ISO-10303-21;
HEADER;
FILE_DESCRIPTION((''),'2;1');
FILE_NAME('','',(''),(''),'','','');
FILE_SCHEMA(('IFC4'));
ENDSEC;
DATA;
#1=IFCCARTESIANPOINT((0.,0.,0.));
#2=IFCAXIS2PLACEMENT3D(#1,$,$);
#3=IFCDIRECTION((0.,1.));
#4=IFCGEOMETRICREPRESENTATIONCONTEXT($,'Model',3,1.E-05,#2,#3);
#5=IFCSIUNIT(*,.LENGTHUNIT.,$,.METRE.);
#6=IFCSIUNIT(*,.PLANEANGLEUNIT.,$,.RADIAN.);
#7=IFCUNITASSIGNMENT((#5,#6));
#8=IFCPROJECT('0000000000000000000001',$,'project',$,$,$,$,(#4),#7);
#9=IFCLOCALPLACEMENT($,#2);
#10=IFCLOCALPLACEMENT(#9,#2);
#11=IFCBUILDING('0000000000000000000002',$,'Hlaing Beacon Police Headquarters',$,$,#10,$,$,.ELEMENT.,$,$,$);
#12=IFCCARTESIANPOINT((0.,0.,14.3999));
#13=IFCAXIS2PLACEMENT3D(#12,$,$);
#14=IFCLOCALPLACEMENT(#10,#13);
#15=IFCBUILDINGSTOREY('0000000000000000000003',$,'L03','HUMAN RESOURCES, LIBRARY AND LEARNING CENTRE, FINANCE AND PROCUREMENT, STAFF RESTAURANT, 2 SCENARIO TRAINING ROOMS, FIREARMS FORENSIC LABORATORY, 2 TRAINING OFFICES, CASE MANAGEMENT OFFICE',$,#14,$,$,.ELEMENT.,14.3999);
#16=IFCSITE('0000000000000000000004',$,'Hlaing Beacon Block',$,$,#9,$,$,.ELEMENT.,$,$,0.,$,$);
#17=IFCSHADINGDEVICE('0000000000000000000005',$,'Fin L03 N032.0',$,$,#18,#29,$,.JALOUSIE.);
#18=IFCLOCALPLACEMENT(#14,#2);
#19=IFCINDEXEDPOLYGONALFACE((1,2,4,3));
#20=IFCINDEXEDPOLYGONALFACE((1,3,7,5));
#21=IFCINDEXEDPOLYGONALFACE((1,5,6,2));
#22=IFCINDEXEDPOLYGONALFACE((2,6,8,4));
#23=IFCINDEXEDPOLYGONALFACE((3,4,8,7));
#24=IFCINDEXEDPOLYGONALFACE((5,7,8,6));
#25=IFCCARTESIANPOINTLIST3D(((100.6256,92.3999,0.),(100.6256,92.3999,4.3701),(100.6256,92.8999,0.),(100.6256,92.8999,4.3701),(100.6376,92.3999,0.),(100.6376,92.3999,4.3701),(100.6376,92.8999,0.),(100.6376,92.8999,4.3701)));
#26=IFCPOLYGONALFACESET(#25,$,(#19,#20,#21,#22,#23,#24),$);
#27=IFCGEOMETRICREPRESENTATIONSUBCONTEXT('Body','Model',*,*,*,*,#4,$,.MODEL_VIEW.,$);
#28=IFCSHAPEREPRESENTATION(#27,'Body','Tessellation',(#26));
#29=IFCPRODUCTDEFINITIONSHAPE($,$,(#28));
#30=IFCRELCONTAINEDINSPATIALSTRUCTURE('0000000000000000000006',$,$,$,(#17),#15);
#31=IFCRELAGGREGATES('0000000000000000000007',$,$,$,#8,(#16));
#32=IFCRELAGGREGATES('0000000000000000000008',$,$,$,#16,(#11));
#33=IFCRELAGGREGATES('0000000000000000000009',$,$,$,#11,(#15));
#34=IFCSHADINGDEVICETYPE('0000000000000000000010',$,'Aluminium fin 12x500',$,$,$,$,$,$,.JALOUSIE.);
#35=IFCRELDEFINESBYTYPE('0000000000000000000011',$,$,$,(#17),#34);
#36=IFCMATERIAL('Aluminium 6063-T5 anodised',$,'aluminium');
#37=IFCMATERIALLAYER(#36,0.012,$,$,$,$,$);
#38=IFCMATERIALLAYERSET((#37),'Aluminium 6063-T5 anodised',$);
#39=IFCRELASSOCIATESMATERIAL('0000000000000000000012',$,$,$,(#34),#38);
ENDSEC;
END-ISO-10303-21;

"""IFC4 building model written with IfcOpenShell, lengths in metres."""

from ifc_helpers import new_model, si_unit, direction, frame, origin, origin_2d, place, context, subcontext, project, spatial, rectangle, extrude, material, layer, layer_set, type_object, element, save


model = new_model("IFC4")

# Units and contexts
model_context = context("Model", 3, precision=1e-05, world=origin(), true_north=direction((0.0, 1.0)))
body_context = subcontext(model_context, "Body", "Model", "MODEL_VIEW")
ifc_project = project(units=[si_unit("LENGTHUNIT", "METRE"), si_unit("PLANEANGLEUNIT", "RADIAN")], contexts=[model_context])

# Site, building, storey
site_placement = place(None, origin())
site = spatial("IfcSite", under=ifc_project, at=site_placement, Name="Hlaing Beacon Block", CompositionType="ELEMENT", RefElevation=0.0)
building_placement = place(site_placement, origin())
building = spatial("IfcBuilding", under=site, at=building_placement, Name="Hlaing Beacon Police Headquarters", CompositionType="ELEMENT")
storey_placement = place(building_placement, frame((0.0, 0.0, 14.3999)))
storey = spatial("IfcBuildingStorey", under=building, at=storey_placement, Name="L03", Description="HUMAN RESOURCES, LIBRARY AND LEARNING CENTRE, FINANCE AND PROCUREMENT, STAFF RESTAURANT, 2 SCENARIO TRAINING ROOMS, FIREARMS FORENSIC LABORATORY, 2 TRAINING OFFICES, CASE MANAGEMENT OFFICE", CompositionType="ELEMENT", Elevation=14.3999)

# Shading device
ifc_material_1 = material(Name="Aluminium 6063-T5 anodised", Category="aluminium")
ifc_layer_1 = layer(ifc_material_1, 0.012)
ifc_layer_set_1 = layer_set([ifc_layer_1], Name="Aluminium 6063-T5 anodised")
shading_device_type = type_object("IfcShadingDeviceType", Name="Aluminium fin 12x500", PredefinedType="JALOUSIE", material=ifc_layer_set_1)
shading_device_placement = place(storey_placement, frame((100.6316, 92.6499, 0.0), z_axis=(0.0, 0.0, 1.0), x_axis=(-1.0, 0.0, 0.0)))
element("IfcShadingDevice", 1, at=shading_device_placement, inside=storey, type_object=shading_device_type, Name="Fin L03 N032.0", PredefinedType="JALOUSIE", context=body_context, shape_type="SweptSolid", body=[
    extrude(rectangle(XDim=0.012, YDim=0.5, at=origin_2d()), origin(), (0.0, 0.0, 1.0), 4.3701),
])

save(model, "model.ifc")
